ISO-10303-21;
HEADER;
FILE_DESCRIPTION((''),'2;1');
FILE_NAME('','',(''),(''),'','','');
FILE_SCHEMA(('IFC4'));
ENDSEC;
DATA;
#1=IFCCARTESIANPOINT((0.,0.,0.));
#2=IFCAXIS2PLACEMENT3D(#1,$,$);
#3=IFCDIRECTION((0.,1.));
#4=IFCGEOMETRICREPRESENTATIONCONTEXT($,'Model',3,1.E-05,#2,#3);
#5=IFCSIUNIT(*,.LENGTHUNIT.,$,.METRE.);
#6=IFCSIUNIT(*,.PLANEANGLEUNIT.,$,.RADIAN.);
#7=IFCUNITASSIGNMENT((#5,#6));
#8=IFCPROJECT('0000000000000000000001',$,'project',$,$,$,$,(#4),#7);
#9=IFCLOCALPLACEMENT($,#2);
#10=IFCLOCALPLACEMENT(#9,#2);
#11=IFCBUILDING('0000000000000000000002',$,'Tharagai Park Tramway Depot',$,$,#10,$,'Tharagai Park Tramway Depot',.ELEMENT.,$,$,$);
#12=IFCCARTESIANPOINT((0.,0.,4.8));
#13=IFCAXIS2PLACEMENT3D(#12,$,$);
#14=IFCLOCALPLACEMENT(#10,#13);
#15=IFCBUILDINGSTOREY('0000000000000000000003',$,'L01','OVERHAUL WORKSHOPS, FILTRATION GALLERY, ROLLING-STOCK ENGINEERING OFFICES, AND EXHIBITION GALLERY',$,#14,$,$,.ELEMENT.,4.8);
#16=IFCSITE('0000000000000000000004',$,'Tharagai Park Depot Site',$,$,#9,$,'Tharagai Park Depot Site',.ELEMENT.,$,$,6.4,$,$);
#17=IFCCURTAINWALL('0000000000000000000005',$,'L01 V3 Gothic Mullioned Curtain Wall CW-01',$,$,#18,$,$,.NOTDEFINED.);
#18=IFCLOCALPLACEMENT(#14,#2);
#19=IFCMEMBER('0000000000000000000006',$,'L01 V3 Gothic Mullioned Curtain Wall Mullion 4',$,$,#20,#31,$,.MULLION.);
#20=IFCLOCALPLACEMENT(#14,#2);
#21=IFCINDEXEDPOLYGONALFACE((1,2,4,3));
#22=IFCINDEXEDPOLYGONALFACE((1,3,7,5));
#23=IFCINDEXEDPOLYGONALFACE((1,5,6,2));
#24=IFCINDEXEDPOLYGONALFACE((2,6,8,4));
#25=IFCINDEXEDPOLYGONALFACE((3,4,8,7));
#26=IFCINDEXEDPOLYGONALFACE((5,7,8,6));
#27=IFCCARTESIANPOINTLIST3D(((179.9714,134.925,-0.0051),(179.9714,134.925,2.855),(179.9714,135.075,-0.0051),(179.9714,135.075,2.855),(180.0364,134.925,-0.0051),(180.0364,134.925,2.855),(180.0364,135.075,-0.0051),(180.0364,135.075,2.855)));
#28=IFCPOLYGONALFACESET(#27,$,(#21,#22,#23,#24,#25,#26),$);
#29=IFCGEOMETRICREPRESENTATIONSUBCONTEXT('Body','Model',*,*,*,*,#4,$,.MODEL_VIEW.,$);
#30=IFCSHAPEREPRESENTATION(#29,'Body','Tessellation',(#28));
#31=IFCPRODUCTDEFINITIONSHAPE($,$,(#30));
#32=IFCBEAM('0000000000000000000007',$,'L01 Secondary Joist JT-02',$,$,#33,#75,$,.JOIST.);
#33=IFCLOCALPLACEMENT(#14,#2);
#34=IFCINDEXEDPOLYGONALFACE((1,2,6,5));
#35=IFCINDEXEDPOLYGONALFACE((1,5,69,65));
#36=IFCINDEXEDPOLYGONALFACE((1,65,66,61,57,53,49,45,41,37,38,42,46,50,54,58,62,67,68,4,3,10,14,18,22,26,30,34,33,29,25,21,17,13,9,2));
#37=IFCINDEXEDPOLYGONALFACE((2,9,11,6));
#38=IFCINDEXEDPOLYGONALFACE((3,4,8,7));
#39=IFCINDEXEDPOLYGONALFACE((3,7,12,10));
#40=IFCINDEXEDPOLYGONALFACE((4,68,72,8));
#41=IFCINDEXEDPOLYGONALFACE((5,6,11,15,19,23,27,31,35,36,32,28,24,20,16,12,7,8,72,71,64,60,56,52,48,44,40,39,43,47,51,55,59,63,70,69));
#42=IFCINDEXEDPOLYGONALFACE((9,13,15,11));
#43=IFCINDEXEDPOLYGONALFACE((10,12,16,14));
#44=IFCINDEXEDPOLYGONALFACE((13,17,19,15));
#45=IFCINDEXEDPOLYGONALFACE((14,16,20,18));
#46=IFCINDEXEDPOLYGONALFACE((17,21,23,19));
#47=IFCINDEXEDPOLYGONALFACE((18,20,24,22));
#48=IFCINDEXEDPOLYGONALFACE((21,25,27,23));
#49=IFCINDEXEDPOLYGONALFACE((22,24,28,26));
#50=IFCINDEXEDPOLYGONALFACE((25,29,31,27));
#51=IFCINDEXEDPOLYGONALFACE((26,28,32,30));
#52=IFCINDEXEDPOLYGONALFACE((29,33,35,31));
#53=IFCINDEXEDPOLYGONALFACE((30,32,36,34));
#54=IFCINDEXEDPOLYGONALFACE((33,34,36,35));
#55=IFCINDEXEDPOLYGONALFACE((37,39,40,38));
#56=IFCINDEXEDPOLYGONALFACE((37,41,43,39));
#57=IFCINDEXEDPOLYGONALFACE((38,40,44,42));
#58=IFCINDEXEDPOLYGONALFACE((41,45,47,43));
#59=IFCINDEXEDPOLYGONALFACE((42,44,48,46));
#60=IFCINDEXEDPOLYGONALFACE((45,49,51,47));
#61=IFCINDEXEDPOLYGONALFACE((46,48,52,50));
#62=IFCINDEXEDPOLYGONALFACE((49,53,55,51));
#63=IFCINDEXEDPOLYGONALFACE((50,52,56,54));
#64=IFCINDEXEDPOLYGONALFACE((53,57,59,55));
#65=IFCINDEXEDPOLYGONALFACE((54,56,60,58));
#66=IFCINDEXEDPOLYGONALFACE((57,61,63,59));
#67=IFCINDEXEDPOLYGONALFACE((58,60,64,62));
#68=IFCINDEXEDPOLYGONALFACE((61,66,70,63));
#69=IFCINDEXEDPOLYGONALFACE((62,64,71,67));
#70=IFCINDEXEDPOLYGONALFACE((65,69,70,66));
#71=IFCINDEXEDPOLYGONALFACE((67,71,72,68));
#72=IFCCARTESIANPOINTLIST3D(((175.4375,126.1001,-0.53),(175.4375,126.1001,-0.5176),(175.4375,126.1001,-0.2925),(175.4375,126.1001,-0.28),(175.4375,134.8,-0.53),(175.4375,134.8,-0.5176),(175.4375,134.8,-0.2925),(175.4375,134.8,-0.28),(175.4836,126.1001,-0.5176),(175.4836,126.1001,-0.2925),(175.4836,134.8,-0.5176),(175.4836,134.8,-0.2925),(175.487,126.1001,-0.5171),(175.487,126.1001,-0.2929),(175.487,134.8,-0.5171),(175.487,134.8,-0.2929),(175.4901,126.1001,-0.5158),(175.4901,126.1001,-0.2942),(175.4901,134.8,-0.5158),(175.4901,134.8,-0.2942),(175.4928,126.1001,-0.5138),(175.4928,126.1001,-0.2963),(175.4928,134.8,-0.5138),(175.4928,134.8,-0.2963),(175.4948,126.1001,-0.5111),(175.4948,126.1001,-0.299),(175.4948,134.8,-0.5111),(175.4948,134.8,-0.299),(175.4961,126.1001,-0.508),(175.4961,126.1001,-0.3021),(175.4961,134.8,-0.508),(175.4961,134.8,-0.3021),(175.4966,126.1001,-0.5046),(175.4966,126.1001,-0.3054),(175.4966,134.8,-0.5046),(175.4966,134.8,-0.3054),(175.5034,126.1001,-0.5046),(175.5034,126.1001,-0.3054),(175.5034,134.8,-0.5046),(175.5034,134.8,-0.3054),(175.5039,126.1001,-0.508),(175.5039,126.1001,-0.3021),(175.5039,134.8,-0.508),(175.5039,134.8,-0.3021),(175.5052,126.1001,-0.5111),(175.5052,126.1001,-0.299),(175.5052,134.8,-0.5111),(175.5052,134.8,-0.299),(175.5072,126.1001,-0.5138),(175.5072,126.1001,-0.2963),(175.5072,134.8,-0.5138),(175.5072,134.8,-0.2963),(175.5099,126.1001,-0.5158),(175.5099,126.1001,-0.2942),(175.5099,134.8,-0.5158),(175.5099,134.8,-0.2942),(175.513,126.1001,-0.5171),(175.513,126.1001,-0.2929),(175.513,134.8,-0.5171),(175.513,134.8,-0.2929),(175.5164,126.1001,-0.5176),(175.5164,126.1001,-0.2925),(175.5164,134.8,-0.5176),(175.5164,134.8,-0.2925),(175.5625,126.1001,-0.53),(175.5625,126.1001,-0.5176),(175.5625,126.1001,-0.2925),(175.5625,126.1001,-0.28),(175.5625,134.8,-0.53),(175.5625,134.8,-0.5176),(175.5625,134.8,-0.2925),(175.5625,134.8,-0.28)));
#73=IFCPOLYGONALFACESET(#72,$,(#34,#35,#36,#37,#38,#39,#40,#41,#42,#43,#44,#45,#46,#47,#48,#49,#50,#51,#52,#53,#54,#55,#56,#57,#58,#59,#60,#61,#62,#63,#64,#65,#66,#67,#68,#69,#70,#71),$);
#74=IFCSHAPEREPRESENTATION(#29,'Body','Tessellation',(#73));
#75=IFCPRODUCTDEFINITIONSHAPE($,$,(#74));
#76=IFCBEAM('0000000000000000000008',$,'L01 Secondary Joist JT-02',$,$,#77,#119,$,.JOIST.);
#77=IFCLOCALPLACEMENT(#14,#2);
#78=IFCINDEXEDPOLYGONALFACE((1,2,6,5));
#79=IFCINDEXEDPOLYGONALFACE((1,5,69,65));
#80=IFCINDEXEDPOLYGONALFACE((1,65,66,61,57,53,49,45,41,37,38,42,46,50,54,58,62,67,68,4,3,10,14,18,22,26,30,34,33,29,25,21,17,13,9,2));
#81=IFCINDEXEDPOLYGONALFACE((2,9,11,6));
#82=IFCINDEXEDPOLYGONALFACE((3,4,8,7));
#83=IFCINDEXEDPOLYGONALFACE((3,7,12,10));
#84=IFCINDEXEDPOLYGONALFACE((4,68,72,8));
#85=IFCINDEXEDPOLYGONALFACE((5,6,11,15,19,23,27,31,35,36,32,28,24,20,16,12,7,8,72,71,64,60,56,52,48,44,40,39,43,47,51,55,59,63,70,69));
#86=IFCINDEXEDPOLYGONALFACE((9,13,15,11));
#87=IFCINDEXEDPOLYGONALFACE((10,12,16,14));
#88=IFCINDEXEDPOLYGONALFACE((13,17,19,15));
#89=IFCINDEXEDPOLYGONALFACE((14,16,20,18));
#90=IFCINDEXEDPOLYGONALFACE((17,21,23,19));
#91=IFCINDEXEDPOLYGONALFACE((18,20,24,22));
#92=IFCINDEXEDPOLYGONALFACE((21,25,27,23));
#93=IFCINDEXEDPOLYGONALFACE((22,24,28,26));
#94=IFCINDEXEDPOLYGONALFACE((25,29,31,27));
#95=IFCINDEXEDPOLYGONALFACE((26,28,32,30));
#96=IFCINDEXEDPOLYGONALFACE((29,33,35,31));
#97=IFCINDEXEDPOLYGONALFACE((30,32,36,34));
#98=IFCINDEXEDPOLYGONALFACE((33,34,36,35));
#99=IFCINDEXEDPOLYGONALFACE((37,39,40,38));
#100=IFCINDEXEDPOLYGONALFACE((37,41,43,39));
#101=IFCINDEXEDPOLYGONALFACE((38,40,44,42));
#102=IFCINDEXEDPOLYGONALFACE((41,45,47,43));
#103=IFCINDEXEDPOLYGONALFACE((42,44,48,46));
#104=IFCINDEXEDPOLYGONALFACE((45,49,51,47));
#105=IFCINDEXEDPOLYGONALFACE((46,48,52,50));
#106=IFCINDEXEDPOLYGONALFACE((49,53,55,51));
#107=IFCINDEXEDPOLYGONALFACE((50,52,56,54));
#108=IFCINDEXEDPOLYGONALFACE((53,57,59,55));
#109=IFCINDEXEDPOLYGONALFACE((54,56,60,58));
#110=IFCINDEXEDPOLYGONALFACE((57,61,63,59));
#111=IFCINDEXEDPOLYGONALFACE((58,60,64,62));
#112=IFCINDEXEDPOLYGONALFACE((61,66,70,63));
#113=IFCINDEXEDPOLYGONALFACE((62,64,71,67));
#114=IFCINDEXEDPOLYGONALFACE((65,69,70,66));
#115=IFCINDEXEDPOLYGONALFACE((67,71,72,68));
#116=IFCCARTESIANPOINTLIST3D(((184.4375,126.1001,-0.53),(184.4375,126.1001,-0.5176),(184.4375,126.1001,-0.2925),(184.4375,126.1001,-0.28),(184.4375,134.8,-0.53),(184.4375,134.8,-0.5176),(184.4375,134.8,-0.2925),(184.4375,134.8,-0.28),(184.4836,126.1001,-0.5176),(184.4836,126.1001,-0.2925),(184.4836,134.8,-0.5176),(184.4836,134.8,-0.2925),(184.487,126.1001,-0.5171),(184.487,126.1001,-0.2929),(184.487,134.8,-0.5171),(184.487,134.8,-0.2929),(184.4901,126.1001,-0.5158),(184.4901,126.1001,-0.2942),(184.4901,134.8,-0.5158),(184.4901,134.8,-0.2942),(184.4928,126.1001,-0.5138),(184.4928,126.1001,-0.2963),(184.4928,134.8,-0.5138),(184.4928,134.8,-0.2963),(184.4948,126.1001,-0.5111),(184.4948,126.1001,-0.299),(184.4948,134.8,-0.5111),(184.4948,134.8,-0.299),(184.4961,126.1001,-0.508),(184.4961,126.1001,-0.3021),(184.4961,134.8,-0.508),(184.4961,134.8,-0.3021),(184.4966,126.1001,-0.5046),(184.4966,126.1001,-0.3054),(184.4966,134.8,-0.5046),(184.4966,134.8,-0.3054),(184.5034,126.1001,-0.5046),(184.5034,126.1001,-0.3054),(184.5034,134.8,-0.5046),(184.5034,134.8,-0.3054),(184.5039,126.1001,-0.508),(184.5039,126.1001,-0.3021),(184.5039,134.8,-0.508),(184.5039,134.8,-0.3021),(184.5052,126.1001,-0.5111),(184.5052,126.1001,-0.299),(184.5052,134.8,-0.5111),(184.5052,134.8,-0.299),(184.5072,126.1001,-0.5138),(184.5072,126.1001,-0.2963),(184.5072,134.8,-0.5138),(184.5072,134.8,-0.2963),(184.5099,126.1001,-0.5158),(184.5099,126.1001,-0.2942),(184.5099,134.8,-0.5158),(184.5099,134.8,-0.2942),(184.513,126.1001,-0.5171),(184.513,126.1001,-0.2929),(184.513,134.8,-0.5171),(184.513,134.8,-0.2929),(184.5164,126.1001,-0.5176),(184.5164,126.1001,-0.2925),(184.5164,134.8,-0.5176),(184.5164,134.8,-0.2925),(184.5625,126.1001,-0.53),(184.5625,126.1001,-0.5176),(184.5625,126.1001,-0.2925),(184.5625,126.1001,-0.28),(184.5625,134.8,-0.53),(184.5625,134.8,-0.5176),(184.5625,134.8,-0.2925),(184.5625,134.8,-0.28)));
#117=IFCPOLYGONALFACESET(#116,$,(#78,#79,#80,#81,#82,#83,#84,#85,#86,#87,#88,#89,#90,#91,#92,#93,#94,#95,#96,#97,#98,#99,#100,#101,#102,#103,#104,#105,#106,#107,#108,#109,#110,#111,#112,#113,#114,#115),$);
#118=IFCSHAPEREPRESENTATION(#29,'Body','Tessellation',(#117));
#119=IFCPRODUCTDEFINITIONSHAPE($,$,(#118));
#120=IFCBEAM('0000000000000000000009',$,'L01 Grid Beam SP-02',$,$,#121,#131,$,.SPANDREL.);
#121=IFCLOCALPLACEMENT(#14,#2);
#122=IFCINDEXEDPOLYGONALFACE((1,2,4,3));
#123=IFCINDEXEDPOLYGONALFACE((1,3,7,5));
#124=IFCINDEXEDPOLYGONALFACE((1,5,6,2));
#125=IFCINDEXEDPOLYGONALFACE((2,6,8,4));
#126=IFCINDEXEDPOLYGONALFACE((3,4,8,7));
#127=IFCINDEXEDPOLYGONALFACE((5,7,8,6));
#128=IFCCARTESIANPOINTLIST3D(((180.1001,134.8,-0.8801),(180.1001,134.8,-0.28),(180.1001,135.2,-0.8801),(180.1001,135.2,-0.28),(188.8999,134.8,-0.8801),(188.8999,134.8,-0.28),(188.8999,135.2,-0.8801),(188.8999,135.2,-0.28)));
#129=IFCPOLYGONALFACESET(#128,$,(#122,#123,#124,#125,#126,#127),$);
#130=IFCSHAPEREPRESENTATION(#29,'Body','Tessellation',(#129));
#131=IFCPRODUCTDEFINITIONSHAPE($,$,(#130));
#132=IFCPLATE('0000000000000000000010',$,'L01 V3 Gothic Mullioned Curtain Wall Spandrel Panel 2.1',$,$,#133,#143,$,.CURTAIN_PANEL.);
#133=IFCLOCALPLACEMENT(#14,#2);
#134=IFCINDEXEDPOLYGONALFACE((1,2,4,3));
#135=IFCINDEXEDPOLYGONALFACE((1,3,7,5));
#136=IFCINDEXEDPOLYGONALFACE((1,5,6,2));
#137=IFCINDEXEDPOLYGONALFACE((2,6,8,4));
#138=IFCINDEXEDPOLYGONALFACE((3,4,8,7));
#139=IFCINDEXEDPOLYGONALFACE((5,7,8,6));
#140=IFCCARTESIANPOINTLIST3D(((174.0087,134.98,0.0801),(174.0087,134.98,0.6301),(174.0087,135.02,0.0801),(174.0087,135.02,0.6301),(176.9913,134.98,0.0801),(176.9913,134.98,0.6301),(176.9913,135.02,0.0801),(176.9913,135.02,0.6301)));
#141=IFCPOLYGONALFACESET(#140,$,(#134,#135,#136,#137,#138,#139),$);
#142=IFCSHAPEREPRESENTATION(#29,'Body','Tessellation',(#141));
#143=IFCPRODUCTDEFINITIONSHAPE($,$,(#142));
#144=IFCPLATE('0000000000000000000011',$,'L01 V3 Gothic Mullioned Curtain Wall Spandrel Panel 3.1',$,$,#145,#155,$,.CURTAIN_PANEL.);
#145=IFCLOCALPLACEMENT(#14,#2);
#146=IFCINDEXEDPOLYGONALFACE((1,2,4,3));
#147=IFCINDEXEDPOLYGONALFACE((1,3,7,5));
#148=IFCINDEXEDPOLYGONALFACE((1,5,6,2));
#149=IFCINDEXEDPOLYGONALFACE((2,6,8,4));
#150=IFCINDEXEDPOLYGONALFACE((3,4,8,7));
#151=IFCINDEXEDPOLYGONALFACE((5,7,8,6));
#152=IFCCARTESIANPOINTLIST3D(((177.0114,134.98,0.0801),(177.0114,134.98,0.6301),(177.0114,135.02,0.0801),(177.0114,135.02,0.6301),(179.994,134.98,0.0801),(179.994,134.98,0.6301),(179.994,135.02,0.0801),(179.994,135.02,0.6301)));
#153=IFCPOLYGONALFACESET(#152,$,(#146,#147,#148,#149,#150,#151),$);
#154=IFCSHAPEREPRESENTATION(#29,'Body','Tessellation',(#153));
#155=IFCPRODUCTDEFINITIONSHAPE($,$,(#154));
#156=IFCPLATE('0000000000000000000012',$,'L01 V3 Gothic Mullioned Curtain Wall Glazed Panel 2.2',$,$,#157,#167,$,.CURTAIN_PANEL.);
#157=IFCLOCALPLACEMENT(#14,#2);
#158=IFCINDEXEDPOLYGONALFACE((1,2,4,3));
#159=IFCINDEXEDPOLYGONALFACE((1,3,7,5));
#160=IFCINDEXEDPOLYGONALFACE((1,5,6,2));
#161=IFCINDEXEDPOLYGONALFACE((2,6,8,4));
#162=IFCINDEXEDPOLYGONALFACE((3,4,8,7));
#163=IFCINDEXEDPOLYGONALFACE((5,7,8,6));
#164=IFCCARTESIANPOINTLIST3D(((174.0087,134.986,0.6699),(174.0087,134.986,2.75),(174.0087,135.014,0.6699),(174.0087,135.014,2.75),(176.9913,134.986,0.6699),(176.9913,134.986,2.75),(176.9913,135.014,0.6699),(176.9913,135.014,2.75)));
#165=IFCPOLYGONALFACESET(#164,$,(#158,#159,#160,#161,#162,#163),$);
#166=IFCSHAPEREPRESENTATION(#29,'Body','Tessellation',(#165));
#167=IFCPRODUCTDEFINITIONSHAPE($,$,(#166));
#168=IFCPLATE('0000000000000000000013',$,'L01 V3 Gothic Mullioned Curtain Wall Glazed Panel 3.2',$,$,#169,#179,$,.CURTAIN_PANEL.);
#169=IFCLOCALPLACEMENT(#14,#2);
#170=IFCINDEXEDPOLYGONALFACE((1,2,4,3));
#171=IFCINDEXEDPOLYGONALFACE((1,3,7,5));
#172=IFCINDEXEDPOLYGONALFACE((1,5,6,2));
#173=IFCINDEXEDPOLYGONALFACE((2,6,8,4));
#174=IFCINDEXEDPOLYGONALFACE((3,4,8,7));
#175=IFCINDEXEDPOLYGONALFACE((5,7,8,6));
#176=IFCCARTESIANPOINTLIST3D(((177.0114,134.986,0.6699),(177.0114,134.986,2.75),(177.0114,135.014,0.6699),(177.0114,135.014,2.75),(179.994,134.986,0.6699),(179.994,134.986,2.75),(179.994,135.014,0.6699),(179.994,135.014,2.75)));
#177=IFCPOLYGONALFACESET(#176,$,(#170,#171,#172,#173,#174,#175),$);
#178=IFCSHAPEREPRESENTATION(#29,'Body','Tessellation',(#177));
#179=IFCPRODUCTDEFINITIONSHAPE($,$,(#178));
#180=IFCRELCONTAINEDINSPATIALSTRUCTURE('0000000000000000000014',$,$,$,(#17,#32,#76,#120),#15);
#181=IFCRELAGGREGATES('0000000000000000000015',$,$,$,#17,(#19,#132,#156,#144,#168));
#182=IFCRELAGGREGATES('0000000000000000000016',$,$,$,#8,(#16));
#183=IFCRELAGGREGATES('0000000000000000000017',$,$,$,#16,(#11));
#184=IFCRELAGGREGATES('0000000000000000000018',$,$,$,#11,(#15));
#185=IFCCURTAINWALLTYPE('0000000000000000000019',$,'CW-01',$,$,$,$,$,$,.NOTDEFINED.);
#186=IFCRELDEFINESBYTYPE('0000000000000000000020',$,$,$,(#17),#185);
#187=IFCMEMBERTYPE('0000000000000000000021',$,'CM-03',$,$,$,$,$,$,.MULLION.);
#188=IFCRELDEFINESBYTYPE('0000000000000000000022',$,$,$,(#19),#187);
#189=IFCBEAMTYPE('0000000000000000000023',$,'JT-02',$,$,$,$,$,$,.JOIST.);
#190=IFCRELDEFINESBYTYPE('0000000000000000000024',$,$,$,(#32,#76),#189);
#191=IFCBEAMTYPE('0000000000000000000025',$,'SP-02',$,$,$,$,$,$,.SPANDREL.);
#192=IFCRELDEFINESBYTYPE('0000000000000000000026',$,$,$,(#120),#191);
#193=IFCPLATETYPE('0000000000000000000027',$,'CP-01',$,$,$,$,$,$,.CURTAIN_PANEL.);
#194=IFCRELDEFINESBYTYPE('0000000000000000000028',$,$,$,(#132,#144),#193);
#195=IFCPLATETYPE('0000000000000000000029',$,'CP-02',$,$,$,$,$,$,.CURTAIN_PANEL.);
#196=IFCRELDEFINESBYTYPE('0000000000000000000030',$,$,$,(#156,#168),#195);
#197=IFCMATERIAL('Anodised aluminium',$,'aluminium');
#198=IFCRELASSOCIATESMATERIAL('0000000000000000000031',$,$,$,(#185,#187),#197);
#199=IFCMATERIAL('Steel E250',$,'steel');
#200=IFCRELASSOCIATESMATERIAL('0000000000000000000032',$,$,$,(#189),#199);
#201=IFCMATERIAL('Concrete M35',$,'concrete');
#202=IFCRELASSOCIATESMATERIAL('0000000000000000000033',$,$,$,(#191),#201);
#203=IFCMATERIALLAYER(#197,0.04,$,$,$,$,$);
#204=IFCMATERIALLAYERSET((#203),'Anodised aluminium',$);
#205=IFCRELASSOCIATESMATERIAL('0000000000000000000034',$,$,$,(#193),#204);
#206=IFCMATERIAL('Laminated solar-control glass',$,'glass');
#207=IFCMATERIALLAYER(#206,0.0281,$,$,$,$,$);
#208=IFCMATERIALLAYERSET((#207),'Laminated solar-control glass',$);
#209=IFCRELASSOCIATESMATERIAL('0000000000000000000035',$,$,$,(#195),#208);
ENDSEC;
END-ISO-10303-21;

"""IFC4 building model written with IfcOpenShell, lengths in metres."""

from ifc_helpers import new_model, si_unit, direction, frame, origin, origin_2d, place, context, subcontext, project, spatial, rectangle, i_section, extrude, material, layer, layer_set, material_profile, profile_set, type_object, element, aggregate, save


model = new_model("IFC4")

# Units and contexts
model_context = context("Model", 3, precision=1e-05, world=origin(), true_north=direction((0.0, 1.0)))
body_context = subcontext(model_context, "Body", "Model", "MODEL_VIEW")
ifc_project = project(units=[si_unit("LENGTHUNIT", "METRE"), si_unit("PLANEANGLEUNIT", "RADIAN")], contexts=[model_context])

# Site, building, storey
site_placement = place(None, origin())
site = spatial("IfcSite", under=ifc_project, at=site_placement, Name="Tharagai Park Depot Site", LongName="Tharagai Park Depot Site", CompositionType="ELEMENT", RefElevation=6.4)
building_placement = place(site_placement, origin())
building = spatial("IfcBuilding", under=site, at=building_placement, Name="Tharagai Park Tramway Depot", LongName="Tharagai Park Tramway Depot", CompositionType="ELEMENT")
storey_placement = place(building_placement, frame((0.0, 0.0, 4.8)))
storey = spatial("IfcBuildingStorey", under=building, at=storey_placement, Name="L01", Description="OVERHAUL WORKSHOPS, FILTRATION GALLERY, ROLLING-STOCK ENGINEERING OFFICES, AND EXHIBITION GALLERY", CompositionType="ELEMENT", Elevation=4.8)

# Curtain wall, member
ifc_material_1 = material(Name="Anodised aluminium", Category="aluminium")
curtain_wall_type = type_object("IfcCurtainWallType", Name="CW-01", PredefinedType="NOTDEFINED", material=ifc_material_1)
curtain_wall_placement = place(storey_placement, origin())
curtain_wall = element("IfcCurtainWall", 1, at=curtain_wall_placement, inside=storey, type_object=curtain_wall_type, Name="L01 V3 Gothic Mullioned Curtain Wall CW-01", PredefinedType="NOTDEFINED")
ifc_material_profile_1 = material_profile(ifc_material_1, rectangle(XDim=0.0649, YDim=0.1499, at=origin_2d()), Name="ALU 65x150")
ifc_profile_set_1 = profile_set([ifc_material_profile_1], Name="Anodised aluminium")
member_type_1 = type_object("IfcMemberType", Name="CM-03", PredefinedType="MULLION", material=ifc_profile_set_1)
member_1_placement = place(storey_placement, frame((180.0039, 135.0, -0.0051), z_axis=(0.0, 0.0, 1.0), x_axis=(1.0, 0.0, 0.0)))
member_1 = element("IfcMember", 2, at=member_1_placement, type_object=member_type_1, Name="L01 V3 Gothic Mullioned Curtain Wall Mullion 4", PredefinedType="MULLION", context=body_context, shape_type="SweptSolid", body=[
    extrude(rectangle(XDim=0.0649, YDim=0.1499, at=origin_2d()), origin(), (0.0, 0.0, 1.0), 2.8601),
])

# Beams
ifc_material_2 = material(Name="Steel E250", Category="steel")
ifc_material_profile_2 = material_profile(ifc_material_2, i_section(OverallWidth=0.125, OverallDepth=0.25, WebThickness=0.0068, FlangeThickness=0.0125, FilletRadius=0.0129, at=origin_2d()), Name="ISMB 250")
ifc_profile_set_2 = profile_set([ifc_material_profile_2], Name="Steel E250")
beam_type_1 = type_object("IfcBeamType", Name="JT-02", PredefinedType="JOIST", material=ifc_profile_set_2)
for number, where, z_axis, x_axis, name in (
    (3, (175.5, 126.1001, -0.405), (0.0, 1.0, 0.0), (-1.0, 0.0, 0.0), "L01 Secondary Joist JT-02"),
    (4, (184.5, 126.1001, -0.405), (0.0, 1.0, 0.0), (-1.0, 0.0, 0.0), "L01 Secondary Joist JT-02"),
):
    element("IfcBeam", number, at=place(storey_placement, frame(where, z_axis=z_axis, x_axis=x_axis)), inside=storey, type_object=beam_type_1, Name=name, PredefinedType="JOIST", context=body_context, shape_type="SweptSolid", body=[
        extrude(i_section(OverallWidth=0.125, OverallDepth=0.25, WebThickness=0.0068, FlangeThickness=0.0125, FilletRadius=0.0129, at=origin_2d()), origin(), (0.0, 0.0, 1.0), 8.7),
    ])
ifc_material_3 = material(Name="Concrete M35", Category="concrete")
ifc_material_profile_3 = material_profile(ifc_material_3, rectangle(XDim=0.3999, YDim=0.6001, at=origin_2d()), Name="RC 400x600")
ifc_profile_set_3 = profile_set([ifc_material_profile_3], Name="Concrete M35")
beam_type_2 = type_object("IfcBeamType", Name="SP-02", PredefinedType="SPANDREL", material=ifc_profile_set_3)
beam_1_placement = place(storey_placement, frame((180.1001, 135.0, -0.5801), z_axis=(1.0, 0.0, 0.0), x_axis=(0.0, 1.0, 0.0)))
element("IfcBeam", 5, at=beam_1_placement, inside=storey, type_object=beam_type_2, Name="L01 Grid Beam SP-02", PredefinedType="SPANDREL", context=body_context, shape_type="SweptSolid", body=[
    extrude(rectangle(XDim=0.3999, YDim=0.6001, at=origin_2d()), origin(), (0.0, 0.0, 1.0), 8.7998),
])

# Plates
ifc_layer_1 = layer(ifc_material_1, 0.04)
ifc_layer_set_1 = layer_set([ifc_layer_1], Name="Anodised aluminium")
plate_type_1 = type_object("IfcPlateType", Name="CP-01", PredefinedType="CURTAIN_PANEL", material=ifc_layer_set_1)
plate_1_placement = place(storey_placement, frame((175.5, 135.0, 0.0801), z_axis=(0.0, 0.0, 1.0), x_axis=(1.0, 0.0, 0.0)))
plate_1 = element("IfcPlate", 6, at=plate_1_placement, type_object=plate_type_1, Name="L01 V3 Gothic Mullioned Curtain Wall Spandrel Panel 2.1", PredefinedType="CURTAIN_PANEL", context=body_context, shape_type="SweptSolid", body=[
    extrude(rectangle(XDim=2.9827, YDim=0.04, at=origin_2d()), origin(), (0.0, 0.0, 1.0), 0.55),
])
plate_2_placement = place(storey_placement, frame((178.5027, 135.0, 0.0801), z_axis=(0.0, 0.0, 1.0), x_axis=(1.0, 0.0, 0.0)))
plate_2 = element("IfcPlate", 7, at=plate_2_placement, type_object=plate_type_1, Name="L01 V3 Gothic Mullioned Curtain Wall Spandrel Panel 3.1", PredefinedType="CURTAIN_PANEL", context=body_context, shape_type="SweptSolid", body=[
    extrude(rectangle(XDim=2.9827, YDim=0.04, at=origin_2d()), origin(), (0.0, 0.0, 1.0), 0.55),
])
ifc_material_4 = material(Name="Laminated solar-control glass", Category="glass")
ifc_layer_2 = layer(ifc_material_4, 0.0281)
ifc_layer_set_2 = layer_set([ifc_layer_2], Name="Laminated solar-control glass")
plate_type_2 = type_object("IfcPlateType", Name="CP-02", PredefinedType="CURTAIN_PANEL", material=ifc_layer_set_2)
plate_3_placement = place(storey_placement, frame((175.5, 135.0, 0.6699), z_axis=(0.0, 0.0, 1.0), x_axis=(1.0, 0.0, 0.0)))
plate_3 = element("IfcPlate", 8, at=plate_3_placement, type_object=plate_type_2, Name="L01 V3 Gothic Mullioned Curtain Wall Glazed Panel 2.2", PredefinedType="CURTAIN_PANEL", context=body_context, shape_type="SweptSolid", body=[
    extrude(rectangle(XDim=2.9827, YDim=0.0281, at=origin_2d()), origin(), (0.0, 0.0, 1.0), 2.0801),
])
plate_4_placement = place(storey_placement, frame((178.5027, 135.0, 0.6699), z_axis=(0.0, 0.0, 1.0), x_axis=(1.0, 0.0, 0.0)))
plate_4 = element("IfcPlate", 9, at=plate_4_placement, type_object=plate_type_2, Name="L01 V3 Gothic Mullioned Curtain Wall Glazed Panel 3.2", PredefinedType="CURTAIN_PANEL", context=body_context, shape_type="SweptSolid", body=[
    extrude(rectangle(XDim=2.9827, YDim=0.0281, at=origin_2d()), origin(), (0.0, 0.0, 1.0), 2.0801),
])
aggregate(curtain_wall, [member_1, plate_1, plate_3, plate_2, plate_4])

save(model, "model.ifc")
